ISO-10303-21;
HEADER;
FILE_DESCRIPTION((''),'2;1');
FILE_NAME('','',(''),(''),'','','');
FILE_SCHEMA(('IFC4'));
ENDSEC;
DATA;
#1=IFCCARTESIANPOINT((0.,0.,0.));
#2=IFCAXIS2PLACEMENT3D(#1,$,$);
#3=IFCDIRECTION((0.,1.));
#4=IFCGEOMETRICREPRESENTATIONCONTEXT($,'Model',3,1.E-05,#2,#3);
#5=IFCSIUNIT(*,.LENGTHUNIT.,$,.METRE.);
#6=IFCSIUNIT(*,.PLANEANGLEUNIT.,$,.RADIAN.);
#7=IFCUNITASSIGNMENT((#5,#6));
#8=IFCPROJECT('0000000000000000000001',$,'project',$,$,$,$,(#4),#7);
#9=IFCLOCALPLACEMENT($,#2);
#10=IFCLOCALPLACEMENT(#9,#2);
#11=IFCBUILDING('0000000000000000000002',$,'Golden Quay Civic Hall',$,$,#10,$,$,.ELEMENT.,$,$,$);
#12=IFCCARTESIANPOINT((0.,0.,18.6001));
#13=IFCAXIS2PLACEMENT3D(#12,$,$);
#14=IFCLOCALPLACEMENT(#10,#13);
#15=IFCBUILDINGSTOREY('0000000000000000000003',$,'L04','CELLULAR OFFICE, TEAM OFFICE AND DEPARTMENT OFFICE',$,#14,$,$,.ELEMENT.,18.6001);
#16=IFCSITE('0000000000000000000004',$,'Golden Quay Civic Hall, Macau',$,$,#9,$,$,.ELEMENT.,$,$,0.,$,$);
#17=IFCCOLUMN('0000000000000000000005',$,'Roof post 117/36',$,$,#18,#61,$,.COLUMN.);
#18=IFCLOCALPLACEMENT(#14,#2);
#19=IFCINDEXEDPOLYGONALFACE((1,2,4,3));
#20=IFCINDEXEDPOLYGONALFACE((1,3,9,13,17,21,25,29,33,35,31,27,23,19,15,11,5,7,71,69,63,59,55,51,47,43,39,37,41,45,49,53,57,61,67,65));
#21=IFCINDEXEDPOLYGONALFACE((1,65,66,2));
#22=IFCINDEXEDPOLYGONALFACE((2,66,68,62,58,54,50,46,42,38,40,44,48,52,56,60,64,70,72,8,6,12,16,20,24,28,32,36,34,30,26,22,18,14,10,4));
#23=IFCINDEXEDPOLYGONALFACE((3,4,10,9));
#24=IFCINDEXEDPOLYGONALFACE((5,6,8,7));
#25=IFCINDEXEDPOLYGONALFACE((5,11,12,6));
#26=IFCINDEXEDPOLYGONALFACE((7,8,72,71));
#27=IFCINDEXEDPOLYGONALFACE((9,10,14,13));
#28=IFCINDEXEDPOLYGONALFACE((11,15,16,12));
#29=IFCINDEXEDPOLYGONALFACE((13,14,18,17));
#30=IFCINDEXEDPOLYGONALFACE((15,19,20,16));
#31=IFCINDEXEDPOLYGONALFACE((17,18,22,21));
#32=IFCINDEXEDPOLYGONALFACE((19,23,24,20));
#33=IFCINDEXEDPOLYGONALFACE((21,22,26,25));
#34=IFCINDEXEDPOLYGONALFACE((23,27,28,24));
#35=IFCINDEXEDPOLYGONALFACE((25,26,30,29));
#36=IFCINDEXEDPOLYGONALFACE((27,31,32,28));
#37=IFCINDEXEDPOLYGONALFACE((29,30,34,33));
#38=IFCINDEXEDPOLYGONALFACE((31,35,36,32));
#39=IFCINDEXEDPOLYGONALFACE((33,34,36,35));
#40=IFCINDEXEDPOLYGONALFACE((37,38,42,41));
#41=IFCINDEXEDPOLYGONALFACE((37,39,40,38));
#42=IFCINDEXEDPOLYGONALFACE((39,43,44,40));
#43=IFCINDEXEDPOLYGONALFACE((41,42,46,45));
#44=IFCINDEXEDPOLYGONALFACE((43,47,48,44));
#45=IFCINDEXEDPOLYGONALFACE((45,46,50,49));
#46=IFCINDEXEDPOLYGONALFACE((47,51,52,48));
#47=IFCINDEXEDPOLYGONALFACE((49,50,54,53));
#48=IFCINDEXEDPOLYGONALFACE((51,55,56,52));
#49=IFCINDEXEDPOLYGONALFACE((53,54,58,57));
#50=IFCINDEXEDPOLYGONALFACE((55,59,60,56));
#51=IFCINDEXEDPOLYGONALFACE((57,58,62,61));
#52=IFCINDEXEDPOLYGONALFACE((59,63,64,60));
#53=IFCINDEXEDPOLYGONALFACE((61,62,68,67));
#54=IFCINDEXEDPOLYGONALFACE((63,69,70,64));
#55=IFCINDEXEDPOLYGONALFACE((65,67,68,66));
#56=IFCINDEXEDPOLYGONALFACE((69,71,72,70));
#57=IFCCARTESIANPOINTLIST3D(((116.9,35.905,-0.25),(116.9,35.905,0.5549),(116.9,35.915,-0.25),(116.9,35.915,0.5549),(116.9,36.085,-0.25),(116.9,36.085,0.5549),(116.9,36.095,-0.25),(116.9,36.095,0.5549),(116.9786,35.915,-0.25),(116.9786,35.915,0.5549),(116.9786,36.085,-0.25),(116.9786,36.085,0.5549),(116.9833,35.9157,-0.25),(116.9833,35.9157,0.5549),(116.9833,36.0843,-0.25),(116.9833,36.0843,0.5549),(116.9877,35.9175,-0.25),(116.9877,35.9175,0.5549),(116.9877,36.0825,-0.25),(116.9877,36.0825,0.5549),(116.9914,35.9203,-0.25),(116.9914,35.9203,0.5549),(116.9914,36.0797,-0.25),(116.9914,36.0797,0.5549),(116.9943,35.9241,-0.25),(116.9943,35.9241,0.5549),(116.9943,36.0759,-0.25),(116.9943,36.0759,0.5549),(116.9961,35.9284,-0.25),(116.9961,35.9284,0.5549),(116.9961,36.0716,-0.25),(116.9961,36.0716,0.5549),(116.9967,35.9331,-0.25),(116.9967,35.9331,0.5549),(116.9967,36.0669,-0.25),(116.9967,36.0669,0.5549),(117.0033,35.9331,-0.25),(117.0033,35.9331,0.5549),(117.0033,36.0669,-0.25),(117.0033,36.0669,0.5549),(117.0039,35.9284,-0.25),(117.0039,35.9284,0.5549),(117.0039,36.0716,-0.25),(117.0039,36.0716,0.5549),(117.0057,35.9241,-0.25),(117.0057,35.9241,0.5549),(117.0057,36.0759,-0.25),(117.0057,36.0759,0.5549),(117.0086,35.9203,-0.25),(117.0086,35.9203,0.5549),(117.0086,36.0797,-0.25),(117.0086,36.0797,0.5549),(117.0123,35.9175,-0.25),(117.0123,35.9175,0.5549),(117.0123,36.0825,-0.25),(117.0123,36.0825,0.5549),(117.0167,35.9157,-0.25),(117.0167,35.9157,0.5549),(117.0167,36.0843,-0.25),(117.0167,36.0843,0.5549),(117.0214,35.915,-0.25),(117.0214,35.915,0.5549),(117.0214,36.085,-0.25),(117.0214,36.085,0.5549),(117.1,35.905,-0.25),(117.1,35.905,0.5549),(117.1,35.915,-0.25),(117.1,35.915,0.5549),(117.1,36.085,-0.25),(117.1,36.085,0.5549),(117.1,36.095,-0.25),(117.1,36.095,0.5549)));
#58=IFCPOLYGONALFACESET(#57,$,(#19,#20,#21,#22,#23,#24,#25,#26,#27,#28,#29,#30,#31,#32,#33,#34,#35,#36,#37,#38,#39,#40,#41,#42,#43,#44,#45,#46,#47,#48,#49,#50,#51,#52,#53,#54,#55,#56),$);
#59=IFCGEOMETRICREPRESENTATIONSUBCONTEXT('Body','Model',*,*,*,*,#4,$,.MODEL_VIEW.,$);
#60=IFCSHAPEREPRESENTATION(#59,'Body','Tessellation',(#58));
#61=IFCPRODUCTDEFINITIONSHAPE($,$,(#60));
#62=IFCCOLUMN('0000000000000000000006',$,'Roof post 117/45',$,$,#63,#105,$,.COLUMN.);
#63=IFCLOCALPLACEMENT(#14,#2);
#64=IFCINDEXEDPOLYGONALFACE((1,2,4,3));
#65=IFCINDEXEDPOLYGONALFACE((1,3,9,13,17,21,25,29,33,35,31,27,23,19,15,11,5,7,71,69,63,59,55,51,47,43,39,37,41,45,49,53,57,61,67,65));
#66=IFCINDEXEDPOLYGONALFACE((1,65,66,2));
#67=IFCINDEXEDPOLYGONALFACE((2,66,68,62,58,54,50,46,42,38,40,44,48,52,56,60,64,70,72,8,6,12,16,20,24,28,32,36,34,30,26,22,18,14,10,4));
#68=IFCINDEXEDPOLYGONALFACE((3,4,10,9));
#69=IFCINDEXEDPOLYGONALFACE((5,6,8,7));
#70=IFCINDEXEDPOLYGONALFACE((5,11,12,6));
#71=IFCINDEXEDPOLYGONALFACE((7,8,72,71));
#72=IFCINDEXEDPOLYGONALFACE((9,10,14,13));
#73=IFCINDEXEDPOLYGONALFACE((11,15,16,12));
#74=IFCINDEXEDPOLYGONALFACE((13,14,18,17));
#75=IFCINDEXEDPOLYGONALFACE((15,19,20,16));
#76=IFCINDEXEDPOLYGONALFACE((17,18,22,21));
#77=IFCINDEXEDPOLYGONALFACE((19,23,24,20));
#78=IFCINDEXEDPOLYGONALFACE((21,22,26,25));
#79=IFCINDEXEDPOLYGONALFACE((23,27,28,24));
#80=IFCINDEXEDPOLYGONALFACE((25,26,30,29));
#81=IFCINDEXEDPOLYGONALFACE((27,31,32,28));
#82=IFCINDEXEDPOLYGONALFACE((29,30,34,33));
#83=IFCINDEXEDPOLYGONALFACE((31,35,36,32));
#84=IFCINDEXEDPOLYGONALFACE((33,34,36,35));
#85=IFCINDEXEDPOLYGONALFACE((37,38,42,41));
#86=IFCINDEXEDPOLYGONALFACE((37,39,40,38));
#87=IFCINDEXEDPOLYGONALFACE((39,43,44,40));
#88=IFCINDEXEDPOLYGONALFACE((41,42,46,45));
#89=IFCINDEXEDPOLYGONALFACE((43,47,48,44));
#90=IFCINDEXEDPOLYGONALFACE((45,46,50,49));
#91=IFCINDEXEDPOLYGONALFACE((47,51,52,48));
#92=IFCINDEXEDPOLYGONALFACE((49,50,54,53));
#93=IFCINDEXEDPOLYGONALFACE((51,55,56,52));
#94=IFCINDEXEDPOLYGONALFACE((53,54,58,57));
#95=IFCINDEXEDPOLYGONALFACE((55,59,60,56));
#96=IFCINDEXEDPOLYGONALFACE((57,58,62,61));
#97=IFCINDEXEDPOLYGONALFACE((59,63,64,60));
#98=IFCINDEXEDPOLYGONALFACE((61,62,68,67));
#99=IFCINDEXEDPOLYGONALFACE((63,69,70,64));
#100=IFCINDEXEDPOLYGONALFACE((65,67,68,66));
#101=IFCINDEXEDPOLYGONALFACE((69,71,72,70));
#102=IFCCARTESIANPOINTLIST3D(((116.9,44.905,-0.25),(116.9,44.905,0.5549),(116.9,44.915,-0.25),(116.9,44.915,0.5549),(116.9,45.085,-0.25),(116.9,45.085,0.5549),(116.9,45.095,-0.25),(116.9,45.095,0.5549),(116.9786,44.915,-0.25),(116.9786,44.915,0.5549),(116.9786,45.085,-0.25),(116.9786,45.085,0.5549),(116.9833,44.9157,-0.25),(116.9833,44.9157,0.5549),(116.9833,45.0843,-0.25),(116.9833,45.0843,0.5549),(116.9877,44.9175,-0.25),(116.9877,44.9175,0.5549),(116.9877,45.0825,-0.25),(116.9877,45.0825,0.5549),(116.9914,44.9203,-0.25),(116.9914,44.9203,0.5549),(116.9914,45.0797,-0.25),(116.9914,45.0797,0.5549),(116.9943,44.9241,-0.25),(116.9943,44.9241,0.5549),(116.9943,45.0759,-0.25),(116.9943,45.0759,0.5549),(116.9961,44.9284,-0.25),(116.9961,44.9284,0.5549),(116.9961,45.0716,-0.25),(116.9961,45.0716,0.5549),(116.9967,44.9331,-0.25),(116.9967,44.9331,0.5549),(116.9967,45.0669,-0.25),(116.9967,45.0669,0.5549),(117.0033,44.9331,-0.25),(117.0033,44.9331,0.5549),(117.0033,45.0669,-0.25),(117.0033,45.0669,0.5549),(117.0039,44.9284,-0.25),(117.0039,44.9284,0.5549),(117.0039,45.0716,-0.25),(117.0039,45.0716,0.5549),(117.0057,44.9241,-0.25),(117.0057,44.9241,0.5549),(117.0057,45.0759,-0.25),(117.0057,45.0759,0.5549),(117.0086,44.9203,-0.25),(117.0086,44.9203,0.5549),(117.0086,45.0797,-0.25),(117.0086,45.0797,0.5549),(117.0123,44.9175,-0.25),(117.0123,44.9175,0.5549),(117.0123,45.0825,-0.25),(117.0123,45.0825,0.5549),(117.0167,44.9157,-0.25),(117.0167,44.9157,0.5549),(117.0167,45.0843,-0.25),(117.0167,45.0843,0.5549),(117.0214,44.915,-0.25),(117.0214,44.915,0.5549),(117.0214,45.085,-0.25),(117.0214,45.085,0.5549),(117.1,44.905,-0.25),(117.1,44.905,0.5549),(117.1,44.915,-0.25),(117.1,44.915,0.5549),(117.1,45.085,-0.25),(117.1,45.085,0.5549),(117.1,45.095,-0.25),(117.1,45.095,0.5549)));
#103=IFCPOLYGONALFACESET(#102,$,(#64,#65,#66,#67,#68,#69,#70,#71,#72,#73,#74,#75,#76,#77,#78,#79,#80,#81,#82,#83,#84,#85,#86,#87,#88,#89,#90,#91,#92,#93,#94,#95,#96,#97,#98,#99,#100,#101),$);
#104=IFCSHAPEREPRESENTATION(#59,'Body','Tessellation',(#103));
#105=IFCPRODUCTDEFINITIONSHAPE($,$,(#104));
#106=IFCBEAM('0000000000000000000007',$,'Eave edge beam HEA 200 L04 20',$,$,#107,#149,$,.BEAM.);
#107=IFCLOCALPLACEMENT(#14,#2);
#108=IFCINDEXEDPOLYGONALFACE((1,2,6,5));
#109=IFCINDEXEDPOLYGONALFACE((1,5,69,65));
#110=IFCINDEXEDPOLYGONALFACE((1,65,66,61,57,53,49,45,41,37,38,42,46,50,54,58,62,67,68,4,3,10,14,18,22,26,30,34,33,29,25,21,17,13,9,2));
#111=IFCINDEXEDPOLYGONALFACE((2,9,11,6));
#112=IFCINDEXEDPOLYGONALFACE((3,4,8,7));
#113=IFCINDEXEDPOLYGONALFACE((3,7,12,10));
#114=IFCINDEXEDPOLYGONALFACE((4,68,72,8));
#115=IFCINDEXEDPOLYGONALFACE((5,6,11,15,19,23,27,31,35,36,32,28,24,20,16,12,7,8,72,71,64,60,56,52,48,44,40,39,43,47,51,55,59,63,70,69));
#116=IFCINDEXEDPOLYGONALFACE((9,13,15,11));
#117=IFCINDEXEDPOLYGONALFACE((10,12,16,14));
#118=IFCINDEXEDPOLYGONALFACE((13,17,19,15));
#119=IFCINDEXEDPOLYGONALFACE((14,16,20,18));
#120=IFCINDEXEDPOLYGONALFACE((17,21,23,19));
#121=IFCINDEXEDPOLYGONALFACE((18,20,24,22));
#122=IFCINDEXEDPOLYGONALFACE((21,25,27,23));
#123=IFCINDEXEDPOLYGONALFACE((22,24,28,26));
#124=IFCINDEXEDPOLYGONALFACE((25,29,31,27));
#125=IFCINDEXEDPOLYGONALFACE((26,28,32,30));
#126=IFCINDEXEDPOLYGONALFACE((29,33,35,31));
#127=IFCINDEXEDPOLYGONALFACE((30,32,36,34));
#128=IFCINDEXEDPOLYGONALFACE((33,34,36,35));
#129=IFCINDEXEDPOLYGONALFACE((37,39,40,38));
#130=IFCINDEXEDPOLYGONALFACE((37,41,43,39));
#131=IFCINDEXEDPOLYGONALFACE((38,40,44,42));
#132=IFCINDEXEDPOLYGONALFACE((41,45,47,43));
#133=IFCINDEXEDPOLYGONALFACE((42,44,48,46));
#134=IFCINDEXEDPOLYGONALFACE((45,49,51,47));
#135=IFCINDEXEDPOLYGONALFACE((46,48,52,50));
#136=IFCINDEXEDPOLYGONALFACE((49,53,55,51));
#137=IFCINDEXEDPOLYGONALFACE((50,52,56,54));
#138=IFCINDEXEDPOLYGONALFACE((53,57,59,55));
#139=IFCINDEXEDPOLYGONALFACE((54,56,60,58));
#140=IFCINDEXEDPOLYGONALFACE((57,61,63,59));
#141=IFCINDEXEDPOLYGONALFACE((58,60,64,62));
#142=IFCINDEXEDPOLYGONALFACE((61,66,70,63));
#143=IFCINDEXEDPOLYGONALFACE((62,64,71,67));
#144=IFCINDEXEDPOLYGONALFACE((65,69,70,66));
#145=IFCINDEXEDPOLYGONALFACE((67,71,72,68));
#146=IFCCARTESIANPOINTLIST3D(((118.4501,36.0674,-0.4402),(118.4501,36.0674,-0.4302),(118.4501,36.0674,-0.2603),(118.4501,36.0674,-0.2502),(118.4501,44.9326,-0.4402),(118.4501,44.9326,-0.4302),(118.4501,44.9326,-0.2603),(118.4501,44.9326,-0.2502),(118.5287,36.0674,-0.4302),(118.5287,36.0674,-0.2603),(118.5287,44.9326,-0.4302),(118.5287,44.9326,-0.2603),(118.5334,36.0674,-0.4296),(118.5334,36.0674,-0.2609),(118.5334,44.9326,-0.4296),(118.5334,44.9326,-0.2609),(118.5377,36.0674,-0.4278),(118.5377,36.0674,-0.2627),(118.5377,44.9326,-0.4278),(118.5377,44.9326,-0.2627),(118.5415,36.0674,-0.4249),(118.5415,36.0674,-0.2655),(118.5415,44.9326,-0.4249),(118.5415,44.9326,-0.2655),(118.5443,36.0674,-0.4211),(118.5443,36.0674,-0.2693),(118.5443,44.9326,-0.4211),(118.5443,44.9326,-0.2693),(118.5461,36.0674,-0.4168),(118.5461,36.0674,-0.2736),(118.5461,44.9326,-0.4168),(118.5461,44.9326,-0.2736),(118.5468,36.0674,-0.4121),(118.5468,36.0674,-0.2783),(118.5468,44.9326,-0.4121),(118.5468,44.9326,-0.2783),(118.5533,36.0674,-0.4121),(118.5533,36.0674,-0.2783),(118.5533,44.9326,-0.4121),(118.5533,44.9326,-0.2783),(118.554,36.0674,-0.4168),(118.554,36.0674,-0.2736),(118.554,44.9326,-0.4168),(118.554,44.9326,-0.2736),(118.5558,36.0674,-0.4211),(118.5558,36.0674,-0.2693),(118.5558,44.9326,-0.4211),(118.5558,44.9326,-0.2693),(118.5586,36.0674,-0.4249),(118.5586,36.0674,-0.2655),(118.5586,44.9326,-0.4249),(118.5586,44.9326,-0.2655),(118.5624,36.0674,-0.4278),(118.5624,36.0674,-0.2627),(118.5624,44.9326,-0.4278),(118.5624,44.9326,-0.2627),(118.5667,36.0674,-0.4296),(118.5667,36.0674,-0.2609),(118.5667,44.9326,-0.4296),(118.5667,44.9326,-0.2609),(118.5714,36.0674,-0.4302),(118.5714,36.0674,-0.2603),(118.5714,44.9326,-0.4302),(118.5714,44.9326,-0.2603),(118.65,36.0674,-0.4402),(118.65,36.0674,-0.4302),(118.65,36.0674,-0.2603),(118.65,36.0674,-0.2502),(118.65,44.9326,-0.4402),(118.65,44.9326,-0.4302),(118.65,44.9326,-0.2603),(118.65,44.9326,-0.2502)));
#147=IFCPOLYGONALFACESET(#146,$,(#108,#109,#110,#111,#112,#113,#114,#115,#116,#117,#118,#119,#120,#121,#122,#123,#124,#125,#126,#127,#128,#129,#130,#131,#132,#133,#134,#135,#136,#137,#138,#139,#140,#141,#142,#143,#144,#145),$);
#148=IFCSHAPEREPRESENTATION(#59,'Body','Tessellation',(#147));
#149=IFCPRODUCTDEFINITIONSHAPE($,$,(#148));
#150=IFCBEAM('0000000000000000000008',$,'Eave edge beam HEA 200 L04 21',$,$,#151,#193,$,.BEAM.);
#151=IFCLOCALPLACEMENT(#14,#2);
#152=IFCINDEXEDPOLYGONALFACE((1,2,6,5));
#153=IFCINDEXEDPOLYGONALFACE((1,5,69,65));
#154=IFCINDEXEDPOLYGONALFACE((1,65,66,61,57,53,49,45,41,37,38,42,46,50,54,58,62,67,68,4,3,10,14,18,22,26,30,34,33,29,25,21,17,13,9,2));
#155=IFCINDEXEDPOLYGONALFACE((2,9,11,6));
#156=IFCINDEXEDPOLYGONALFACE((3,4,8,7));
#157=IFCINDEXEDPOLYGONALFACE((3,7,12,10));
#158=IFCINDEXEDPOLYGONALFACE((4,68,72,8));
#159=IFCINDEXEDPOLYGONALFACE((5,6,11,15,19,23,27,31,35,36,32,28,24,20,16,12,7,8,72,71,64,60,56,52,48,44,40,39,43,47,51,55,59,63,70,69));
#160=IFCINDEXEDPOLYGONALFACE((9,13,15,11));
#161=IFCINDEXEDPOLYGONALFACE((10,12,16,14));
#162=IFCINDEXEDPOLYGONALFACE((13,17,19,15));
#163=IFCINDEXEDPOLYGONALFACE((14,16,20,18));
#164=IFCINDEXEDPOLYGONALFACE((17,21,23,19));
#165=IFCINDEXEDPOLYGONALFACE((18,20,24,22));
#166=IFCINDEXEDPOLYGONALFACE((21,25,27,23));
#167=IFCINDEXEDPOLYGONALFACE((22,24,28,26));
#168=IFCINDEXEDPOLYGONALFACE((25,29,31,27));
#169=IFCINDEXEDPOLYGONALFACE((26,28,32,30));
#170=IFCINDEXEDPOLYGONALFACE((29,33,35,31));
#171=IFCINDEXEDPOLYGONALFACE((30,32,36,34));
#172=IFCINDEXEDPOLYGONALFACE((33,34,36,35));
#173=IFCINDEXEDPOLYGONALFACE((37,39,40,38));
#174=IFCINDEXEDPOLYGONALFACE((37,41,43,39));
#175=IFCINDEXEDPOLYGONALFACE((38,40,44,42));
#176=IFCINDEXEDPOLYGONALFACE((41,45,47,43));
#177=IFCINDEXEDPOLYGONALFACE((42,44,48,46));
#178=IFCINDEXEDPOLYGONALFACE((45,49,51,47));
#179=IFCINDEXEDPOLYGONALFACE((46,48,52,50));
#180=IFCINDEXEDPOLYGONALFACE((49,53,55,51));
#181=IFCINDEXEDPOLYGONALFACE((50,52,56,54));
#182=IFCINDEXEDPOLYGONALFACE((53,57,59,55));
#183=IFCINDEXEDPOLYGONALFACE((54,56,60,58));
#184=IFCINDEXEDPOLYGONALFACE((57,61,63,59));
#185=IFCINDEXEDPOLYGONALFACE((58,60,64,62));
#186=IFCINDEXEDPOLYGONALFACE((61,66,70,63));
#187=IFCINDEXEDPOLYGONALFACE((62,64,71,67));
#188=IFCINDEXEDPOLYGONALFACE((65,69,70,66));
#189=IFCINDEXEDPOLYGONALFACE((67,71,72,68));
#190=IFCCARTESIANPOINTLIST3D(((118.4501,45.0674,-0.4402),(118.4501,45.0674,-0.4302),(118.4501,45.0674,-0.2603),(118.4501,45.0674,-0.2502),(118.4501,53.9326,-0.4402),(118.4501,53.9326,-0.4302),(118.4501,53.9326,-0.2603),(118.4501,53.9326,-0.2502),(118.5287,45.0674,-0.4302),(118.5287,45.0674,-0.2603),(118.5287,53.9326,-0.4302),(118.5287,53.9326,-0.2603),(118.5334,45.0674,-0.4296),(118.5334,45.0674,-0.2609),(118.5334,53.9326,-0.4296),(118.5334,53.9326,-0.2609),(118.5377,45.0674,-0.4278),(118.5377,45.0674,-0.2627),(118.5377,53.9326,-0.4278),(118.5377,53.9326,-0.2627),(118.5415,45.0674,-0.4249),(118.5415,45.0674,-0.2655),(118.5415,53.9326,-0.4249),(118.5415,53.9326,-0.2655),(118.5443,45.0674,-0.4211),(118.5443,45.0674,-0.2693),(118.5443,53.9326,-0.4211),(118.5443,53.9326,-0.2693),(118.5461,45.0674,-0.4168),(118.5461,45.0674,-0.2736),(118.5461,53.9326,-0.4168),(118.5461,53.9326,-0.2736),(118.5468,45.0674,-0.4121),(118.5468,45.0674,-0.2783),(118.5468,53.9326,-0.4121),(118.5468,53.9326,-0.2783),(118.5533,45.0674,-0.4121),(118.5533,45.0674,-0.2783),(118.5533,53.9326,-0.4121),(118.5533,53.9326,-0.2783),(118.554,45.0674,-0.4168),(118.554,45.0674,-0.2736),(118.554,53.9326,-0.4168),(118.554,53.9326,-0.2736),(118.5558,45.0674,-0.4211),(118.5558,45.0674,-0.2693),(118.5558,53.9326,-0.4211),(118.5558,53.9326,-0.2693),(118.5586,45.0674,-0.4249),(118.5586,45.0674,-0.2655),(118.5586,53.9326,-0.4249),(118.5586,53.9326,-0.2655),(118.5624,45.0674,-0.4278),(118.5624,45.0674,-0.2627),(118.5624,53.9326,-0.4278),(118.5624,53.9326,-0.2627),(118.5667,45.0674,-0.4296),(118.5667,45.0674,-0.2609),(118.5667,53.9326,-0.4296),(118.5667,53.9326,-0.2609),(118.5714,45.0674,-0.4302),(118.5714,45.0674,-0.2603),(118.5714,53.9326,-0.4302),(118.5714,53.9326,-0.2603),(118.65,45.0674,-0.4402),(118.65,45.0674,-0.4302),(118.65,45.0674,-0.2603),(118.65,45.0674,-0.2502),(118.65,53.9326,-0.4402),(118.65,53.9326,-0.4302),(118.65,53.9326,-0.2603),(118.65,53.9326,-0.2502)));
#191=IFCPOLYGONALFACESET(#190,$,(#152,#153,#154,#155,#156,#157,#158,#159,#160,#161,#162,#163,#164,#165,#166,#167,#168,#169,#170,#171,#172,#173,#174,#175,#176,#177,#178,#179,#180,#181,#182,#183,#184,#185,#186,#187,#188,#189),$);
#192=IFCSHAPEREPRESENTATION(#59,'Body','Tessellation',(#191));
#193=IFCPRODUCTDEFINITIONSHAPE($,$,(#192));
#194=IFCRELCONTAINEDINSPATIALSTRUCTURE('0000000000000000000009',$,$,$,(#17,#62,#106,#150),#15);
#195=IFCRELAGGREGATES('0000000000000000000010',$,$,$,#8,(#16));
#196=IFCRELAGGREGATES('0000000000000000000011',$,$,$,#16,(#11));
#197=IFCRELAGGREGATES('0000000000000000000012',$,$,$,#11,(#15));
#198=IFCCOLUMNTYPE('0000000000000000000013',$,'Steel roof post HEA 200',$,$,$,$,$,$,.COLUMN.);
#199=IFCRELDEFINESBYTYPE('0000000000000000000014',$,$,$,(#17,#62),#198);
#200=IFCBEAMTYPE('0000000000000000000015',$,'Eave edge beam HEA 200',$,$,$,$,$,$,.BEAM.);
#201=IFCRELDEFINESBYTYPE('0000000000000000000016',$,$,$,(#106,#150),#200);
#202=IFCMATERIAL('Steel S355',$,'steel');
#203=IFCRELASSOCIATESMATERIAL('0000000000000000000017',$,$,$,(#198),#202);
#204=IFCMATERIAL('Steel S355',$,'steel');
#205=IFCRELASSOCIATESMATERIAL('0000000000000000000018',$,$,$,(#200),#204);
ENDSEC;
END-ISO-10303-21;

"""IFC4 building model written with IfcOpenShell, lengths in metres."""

from ifc_helpers import new_model, si_unit, direction, frame, origin, origin_2d, place, context, subcontext, project, spatial, i_section, extrude, material, material_profile, profile_set, type_object, element, save


model = new_model("IFC4")

# Units and contexts
model_context = context("Model", 3, precision=1e-05, world=origin(), true_north=direction((0.0, 1.0)))
body_context = subcontext(model_context, "Body", "Model", "MODEL_VIEW")
ifc_project = project(units=[si_unit("LENGTHUNIT", "METRE"), si_unit("PLANEANGLEUNIT", "RADIAN")], contexts=[model_context])

# Site, building, storey
site_placement = place(None, origin())
site = spatial("IfcSite", under=ifc_project, at=site_placement, Name="Golden Quay Civic Hall, Macau", CompositionType="ELEMENT", RefElevation=0.0)
building_placement = place(site_placement, origin())
building = spatial("IfcBuilding", under=site, at=building_placement, Name="Golden Quay Civic Hall", CompositionType="ELEMENT")
storey_placement = place(building_placement, frame((0.0, 0.0, 18.6001)))
storey = spatial("IfcBuildingStorey", under=building, at=storey_placement, Name="L04", Description="CELLULAR OFFICE, TEAM OFFICE AND DEPARTMENT OFFICE", CompositionType="ELEMENT", Elevation=18.6001)

# Columns
ifc_material_1 = material(Name="Steel S355", Category="steel")
ifc_material_profile_1 = material_profile(ifc_material_1, i_section(OverallWidth=0.2, OverallDepth=0.1899, WebThickness=0.0066, FlangeThickness=0.01, FilletRadius=0.0181, at=origin_2d()), Name="HEA 200")
ifc_profile_set_1 = profile_set([ifc_material_profile_1], Name="Steel S355")
column_type = type_object("IfcColumnType", Name="Steel roof post HEA 200", PredefinedType="COLUMN", material=ifc_profile_set_1)
for number, where, z_axis, x_axis, name in (
    (1, (117.0, 36.0, -0.25), (0.0, 0.0, 1.0), (1.0, 0.0, 0.0), "Roof post 117/36"),
    (2, (117.0, 45.0, -0.25), (0.0, 0.0, 1.0), (1.0, 0.0, 0.0), "Roof post 117/45"),
):
    element("IfcColumn", number, at=place(storey_placement, frame(where, z_axis=z_axis, x_axis=x_axis)), inside=storey, type_object=column_type, Name=name, PredefinedType="COLUMN", context=body_context, shape_type="SweptSolid", body=[
        extrude(i_section(OverallWidth=0.2, OverallDepth=0.1899, WebThickness=0.0066, FlangeThickness=0.01, FilletRadius=0.0181, at=origin_2d()), origin(), (0.0, 0.0, 1.0), 0.8049),
    ])

# Beams
ifc_material_2 = material(Name="Steel S355", Category="steel")
ifc_material_profile_2 = material_profile(ifc_material_2, i_section(OverallWidth=0.2, OverallDepth=0.1899, WebThickness=0.0066, FlangeThickness=0.01, FilletRadius=0.0181, at=origin_2d()), Name="HEA 200")
ifc_profile_set_2 = profile_set([ifc_material_profile_2], Name="Steel S355")
beam_type_1 = type_object("IfcBeamType", Name="Eave edge beam HEA 200", PredefinedType="BEAM", material=ifc_profile_set_2)
for number, where, z_axis, x_axis, name in (
    (3, (118.55, 36.0674, -0.3452), (0.0, 1.0, 0.0), (-1.0, 0.0, 0.0), "Eave edge beam HEA 200 L04 20"),
    (4, (118.55, 45.0674, -0.3452), (0.0, 1.0, 0.0), (-1.0, 0.0, 0.0), "Eave edge beam HEA 200 L04 21"),
):
    element("IfcBeam", number, at=place(storey_placement, frame(where, z_axis=z_axis, x_axis=x_axis)), inside=storey, type_object=beam_type_1, Name=name, PredefinedType="BEAM", context=body_context, shape_type="SweptSolid", body=[
        extrude(i_section(OverallWidth=0.2, OverallDepth=0.1899, WebThickness=0.0066, FlangeThickness=0.01, FilletRadius=0.0181, at=origin_2d()), origin(), (0.0, 0.0, 1.0), 8.8652),
    ])

save(model, "model.ifc")
